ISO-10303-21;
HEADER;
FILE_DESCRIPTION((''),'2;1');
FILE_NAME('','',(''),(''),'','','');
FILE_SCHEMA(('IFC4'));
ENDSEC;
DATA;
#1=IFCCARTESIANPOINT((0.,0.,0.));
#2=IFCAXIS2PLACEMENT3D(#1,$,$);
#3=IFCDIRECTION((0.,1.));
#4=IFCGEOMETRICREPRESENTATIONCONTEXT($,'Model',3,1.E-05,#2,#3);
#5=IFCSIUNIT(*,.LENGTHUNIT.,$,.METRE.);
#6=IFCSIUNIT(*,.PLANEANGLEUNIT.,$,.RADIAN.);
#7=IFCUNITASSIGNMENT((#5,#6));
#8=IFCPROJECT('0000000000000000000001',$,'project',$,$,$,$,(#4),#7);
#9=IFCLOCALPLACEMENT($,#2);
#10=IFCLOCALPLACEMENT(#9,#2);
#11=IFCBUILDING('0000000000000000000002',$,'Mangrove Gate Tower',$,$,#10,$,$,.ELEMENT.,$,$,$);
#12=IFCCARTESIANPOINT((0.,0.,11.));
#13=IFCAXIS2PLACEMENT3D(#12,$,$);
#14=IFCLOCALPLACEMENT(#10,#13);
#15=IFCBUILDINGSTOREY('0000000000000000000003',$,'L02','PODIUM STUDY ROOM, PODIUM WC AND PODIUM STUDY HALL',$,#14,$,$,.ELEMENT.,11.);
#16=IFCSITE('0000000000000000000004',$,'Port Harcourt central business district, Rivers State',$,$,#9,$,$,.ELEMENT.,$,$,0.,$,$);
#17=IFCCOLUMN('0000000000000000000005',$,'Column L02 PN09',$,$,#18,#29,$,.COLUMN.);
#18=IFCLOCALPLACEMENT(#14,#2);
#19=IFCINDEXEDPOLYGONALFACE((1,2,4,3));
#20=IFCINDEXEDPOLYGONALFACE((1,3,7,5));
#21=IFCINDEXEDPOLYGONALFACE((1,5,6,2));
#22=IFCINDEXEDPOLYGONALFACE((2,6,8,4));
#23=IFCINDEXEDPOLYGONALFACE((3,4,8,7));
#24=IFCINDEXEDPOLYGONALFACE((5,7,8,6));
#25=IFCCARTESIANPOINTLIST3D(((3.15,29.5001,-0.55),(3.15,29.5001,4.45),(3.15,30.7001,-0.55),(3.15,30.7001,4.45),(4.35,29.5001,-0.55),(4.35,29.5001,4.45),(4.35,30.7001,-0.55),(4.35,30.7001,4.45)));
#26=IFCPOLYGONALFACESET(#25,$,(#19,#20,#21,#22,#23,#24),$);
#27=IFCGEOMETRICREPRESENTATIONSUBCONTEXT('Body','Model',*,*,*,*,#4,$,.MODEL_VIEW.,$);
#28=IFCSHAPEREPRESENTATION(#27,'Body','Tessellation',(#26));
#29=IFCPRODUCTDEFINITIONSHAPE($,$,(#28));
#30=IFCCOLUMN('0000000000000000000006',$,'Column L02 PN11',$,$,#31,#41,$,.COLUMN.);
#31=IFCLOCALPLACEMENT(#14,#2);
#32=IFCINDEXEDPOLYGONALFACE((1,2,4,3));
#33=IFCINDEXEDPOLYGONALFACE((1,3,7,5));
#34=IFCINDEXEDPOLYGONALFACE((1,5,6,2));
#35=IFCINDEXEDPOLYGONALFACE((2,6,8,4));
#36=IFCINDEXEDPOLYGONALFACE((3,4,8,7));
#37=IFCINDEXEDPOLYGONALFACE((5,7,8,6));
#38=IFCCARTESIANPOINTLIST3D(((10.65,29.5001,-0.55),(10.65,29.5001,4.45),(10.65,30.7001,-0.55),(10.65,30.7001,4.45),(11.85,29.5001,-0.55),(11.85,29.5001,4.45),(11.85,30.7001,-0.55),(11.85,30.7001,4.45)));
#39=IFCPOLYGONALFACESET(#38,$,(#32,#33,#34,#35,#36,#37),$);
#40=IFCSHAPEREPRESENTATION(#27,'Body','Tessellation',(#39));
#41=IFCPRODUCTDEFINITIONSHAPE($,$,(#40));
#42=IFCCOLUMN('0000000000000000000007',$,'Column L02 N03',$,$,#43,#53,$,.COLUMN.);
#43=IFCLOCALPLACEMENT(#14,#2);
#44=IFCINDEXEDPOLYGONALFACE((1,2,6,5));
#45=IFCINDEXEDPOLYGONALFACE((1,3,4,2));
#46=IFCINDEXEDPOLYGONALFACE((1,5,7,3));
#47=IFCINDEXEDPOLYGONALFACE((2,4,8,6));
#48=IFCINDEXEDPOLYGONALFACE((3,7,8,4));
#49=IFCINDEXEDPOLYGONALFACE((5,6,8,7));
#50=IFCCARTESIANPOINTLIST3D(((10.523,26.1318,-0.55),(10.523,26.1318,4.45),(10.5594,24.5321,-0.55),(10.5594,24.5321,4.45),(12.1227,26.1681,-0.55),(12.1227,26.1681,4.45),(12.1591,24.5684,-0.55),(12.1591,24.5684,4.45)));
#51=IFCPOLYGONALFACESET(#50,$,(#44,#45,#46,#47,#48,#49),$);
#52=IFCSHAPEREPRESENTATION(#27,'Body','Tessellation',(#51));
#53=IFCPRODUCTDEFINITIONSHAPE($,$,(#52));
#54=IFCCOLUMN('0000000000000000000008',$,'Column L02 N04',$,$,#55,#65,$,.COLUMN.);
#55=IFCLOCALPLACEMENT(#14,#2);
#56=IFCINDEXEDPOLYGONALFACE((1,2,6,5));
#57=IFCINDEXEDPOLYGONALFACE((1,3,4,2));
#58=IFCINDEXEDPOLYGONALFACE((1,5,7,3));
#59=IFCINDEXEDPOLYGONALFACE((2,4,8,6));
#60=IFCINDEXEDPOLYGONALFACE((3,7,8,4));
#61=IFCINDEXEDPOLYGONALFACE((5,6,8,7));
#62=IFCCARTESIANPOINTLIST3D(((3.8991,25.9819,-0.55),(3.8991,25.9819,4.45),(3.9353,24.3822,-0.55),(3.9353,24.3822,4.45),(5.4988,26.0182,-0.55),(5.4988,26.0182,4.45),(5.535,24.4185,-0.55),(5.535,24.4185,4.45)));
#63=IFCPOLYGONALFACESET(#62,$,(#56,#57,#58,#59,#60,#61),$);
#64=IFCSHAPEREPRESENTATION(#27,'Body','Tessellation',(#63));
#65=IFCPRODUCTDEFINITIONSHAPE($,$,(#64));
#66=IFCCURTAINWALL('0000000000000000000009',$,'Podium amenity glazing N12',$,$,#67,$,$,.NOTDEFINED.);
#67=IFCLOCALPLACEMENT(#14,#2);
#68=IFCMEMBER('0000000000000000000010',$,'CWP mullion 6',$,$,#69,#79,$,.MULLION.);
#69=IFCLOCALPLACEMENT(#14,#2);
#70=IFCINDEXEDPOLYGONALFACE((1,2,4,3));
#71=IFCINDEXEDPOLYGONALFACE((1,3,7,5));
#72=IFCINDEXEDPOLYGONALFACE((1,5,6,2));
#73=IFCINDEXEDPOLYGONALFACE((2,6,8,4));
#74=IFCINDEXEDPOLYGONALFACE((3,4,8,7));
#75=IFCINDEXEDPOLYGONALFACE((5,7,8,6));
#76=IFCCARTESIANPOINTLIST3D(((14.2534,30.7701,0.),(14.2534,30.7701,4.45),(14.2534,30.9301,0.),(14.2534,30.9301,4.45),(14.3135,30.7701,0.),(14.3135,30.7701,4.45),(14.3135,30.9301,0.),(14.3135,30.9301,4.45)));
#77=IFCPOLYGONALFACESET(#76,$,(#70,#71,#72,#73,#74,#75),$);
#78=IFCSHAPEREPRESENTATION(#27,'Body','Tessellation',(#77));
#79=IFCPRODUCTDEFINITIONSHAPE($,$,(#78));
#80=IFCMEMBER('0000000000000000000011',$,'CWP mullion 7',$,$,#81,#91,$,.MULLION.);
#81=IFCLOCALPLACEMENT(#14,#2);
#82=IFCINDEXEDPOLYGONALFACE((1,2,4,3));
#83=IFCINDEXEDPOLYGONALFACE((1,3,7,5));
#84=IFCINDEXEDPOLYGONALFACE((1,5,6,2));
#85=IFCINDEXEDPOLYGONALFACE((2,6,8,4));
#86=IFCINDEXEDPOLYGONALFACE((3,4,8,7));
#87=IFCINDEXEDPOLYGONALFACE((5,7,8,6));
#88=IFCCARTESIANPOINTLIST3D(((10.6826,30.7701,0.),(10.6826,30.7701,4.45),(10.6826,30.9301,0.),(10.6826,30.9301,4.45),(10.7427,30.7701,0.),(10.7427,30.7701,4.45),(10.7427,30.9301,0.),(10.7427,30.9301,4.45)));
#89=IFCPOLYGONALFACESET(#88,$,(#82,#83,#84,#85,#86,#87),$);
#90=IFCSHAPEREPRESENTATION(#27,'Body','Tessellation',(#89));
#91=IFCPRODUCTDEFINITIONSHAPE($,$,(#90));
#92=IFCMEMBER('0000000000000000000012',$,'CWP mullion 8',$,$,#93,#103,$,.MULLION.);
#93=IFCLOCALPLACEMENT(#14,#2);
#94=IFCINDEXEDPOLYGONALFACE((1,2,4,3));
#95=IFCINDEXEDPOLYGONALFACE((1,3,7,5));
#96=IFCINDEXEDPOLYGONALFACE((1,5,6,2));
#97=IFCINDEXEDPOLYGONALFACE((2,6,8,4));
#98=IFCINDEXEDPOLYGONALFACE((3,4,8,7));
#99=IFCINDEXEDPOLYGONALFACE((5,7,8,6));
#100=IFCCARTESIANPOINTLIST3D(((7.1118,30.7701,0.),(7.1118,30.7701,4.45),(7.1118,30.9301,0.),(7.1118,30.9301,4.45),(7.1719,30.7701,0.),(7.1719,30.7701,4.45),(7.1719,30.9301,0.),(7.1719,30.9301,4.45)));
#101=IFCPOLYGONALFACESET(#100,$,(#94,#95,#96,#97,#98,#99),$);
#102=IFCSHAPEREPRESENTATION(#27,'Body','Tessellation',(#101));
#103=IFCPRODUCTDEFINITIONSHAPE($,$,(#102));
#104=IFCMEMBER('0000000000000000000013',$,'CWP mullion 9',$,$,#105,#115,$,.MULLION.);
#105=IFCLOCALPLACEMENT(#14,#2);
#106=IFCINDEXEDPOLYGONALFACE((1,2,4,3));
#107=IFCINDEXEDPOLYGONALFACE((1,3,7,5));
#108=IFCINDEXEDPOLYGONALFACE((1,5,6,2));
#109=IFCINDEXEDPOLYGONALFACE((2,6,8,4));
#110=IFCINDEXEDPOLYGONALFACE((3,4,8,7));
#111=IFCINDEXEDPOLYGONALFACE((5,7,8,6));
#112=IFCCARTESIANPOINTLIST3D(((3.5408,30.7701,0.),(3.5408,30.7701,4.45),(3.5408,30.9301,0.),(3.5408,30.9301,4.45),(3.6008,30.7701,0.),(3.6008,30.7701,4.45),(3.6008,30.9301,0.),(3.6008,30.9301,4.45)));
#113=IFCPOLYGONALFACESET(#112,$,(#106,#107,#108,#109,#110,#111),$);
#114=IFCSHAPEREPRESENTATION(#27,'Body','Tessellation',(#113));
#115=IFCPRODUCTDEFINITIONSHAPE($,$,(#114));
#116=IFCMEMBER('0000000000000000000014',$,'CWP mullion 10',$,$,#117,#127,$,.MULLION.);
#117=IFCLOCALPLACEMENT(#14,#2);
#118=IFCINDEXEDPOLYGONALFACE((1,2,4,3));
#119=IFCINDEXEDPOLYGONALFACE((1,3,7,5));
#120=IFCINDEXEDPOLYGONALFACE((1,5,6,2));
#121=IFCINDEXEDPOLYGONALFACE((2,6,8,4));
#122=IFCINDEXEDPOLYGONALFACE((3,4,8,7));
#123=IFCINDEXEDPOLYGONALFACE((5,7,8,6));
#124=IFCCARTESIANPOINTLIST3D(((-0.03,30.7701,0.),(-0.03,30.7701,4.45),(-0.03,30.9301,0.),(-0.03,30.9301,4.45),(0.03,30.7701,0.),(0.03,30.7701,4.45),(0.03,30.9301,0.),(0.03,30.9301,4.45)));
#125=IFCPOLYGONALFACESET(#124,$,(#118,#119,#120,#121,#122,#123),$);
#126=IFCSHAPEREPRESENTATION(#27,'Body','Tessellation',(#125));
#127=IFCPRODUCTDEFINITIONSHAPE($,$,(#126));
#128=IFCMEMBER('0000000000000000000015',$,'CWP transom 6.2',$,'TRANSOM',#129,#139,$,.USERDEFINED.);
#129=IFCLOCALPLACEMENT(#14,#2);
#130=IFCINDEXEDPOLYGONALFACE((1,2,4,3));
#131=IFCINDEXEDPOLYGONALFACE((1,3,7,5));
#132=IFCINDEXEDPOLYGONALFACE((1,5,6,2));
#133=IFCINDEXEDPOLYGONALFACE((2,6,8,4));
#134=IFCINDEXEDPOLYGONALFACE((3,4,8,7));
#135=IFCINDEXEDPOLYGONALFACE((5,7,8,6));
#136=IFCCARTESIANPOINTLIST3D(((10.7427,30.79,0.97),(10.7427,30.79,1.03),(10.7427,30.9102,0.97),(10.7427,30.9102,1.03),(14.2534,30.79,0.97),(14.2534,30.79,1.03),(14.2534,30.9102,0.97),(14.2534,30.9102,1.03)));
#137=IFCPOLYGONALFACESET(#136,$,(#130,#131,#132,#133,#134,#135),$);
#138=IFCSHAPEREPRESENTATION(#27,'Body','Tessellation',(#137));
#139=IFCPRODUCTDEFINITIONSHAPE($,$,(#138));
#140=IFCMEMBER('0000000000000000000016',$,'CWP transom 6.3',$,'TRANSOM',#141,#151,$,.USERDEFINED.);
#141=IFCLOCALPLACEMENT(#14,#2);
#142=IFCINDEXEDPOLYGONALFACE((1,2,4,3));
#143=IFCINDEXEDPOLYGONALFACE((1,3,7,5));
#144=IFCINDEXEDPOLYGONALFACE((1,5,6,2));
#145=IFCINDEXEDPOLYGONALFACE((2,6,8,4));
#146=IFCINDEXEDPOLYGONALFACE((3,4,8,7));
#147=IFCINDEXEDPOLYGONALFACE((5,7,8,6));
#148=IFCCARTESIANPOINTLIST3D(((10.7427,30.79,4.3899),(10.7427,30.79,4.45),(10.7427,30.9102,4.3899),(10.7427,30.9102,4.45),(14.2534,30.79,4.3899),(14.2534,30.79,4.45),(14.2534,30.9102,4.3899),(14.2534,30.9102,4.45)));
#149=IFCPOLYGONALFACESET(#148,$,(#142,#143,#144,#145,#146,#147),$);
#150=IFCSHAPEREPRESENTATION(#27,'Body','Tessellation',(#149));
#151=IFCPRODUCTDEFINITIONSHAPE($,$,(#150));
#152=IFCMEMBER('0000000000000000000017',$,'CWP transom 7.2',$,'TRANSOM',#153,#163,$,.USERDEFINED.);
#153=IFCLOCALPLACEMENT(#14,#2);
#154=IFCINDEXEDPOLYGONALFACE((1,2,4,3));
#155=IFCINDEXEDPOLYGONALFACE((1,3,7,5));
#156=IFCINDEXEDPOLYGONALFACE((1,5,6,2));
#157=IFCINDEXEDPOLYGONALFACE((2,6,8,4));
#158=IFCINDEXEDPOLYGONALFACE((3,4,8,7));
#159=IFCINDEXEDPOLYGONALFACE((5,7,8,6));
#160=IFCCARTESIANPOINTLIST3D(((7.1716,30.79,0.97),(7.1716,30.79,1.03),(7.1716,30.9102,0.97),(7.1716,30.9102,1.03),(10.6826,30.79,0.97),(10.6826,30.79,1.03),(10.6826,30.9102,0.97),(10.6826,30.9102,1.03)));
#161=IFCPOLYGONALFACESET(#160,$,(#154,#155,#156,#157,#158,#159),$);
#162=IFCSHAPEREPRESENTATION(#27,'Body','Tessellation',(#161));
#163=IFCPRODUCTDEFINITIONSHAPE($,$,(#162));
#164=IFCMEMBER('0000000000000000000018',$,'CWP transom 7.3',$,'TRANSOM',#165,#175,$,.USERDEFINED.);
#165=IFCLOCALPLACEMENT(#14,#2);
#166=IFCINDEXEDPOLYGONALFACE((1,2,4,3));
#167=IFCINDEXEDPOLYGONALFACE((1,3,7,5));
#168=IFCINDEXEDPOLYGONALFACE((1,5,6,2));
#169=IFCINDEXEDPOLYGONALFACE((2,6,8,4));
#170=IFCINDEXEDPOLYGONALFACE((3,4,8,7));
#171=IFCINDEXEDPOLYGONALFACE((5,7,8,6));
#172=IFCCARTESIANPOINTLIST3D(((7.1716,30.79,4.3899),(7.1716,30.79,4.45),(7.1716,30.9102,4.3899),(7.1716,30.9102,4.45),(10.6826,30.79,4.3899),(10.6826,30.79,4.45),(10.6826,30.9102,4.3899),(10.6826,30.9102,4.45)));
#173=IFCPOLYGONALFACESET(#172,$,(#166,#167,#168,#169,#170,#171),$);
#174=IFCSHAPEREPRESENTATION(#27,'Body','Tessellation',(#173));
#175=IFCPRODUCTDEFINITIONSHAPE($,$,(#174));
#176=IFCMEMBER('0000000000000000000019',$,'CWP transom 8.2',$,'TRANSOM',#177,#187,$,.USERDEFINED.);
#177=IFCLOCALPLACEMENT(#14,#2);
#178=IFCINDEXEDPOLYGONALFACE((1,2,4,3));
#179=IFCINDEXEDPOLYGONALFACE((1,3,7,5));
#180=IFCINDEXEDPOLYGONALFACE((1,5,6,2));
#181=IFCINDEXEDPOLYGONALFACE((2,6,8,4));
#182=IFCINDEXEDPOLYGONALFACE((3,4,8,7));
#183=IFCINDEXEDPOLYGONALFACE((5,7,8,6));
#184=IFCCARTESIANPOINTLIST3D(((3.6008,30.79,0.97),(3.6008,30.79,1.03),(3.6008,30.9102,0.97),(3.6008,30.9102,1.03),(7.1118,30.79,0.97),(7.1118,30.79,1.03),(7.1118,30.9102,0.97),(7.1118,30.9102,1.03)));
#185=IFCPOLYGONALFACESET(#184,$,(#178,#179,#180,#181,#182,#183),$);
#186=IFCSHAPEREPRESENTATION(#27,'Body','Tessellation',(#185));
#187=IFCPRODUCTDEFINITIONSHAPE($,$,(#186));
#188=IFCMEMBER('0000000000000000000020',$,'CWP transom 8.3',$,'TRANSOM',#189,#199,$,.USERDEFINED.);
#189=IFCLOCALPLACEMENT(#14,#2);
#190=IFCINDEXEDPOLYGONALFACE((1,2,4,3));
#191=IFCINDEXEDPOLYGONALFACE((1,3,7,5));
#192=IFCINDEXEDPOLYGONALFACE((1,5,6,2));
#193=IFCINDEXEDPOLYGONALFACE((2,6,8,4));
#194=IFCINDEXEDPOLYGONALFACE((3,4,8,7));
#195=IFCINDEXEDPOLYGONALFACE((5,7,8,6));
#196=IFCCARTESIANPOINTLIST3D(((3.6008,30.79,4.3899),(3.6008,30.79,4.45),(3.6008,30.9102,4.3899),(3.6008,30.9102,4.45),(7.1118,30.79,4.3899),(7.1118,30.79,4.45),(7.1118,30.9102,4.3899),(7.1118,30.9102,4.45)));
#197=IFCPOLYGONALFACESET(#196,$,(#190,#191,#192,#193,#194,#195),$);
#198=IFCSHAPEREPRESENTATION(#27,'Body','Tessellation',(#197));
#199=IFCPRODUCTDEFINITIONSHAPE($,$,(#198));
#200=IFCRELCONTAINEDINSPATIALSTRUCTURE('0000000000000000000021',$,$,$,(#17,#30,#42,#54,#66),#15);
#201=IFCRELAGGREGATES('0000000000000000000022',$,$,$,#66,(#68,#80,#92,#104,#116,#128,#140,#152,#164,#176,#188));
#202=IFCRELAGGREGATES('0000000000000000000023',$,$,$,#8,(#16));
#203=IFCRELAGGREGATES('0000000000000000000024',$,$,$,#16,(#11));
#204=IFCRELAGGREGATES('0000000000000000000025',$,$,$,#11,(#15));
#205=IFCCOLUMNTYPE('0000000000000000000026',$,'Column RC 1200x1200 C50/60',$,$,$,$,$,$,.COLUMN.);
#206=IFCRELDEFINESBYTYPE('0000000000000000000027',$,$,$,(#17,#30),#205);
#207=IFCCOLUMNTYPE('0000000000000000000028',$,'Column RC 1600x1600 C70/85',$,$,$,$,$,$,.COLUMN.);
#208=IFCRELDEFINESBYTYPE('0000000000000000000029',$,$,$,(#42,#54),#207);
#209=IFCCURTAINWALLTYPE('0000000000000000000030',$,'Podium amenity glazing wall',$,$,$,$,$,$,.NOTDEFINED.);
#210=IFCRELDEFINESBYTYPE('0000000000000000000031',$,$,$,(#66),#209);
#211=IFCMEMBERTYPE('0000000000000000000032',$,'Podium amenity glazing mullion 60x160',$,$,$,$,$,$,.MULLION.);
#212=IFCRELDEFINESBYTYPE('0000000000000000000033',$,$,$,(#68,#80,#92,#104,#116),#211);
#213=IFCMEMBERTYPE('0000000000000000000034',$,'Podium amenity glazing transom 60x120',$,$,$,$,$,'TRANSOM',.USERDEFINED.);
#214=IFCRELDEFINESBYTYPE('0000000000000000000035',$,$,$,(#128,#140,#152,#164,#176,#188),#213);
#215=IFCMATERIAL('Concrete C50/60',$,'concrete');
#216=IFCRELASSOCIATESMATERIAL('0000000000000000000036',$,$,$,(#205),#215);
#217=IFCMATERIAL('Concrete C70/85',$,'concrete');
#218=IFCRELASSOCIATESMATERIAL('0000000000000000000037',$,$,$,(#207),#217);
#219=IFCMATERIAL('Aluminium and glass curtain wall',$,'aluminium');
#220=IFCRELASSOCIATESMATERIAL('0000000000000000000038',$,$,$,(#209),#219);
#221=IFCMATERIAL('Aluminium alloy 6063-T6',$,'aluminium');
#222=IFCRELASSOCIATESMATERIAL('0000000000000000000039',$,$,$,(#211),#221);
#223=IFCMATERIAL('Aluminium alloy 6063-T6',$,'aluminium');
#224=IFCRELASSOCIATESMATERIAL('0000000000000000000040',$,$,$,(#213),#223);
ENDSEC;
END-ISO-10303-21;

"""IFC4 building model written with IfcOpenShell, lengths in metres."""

from ifc_helpers import new_model, si_unit, direction, frame, origin, origin_2d, place, context, subcontext, project, spatial, rectangle, extrude, material, material_profile, profile_set, type_object, element, aggregate, save


model = new_model("IFC4")

# Units and contexts
model_context = context("Model", 3, precision=1e-05, world=origin(), true_north=direction((0.0, 1.0)))
body_context = subcontext(model_context, "Body", "Model", "MODEL_VIEW")
ifc_project = project(units=[si_unit("LENGTHUNIT", "METRE"), si_unit("PLANEANGLEUNIT", "RADIAN")], contexts=[model_context])

# Site, building, storey
site_placement = place(None, origin())
site = spatial("IfcSite", under=ifc_project, at=site_placement, Name="Port Harcourt central business district, Rivers State", CompositionType="ELEMENT", RefElevation=0.0)
building_placement = place(site_placement, origin())
building = spatial("IfcBuilding", under=site, at=building_placement, Name="Mangrove Gate Tower", CompositionType="ELEMENT")
storey_placement = place(building_placement, frame((0.0, 0.0, 11.0)))
storey = spatial("IfcBuildingStorey", under=building, at=storey_placement, Name="L02", Description="PODIUM STUDY ROOM, PODIUM WC AND PODIUM STUDY HALL", CompositionType="ELEMENT", Elevation=11.0)

# Columns
ifc_material_1 = material(Name="Concrete C50/60", Category="concrete")
ifc_material_profile_1 = material_profile(ifc_material_1, rectangle(XDim=1.2, YDim=1.2, at=origin_2d()))
ifc_profile_set_1 = profile_set([ifc_material_profile_1], Name="Concrete C50/60")
column_type_1 = type_object("IfcColumnType", Name="Column RC 1200x1200 C50/60", PredefinedType="COLUMN", material=ifc_profile_set_1)
for number, where, z_axis, x_axis, name in (
    (1, (3.75, 30.1001, -0.55), (0.0, 0.0, 1.0), (1.0, 0.0, 0.0), "Column L02 PN09"),
    (2, (11.25, 30.1001, -0.55), (0.0, 0.0, 1.0), (1.0, 0.0, 0.0), "Column L02 PN11"),
):
    element("IfcColumn", number, at=place(storey_placement, frame(where, z_axis=z_axis, x_axis=x_axis)), inside=storey, type_object=column_type_1, Name=name, PredefinedType="COLUMN", context=body_context, shape_type="SweptSolid", body=[
        extrude(rectangle(XDim=1.2, YDim=1.2, at=origin_2d()), origin(), (0.0, 0.0, 1.0), 5.0),
    ])
ifc_material_2 = material(Name="Concrete C70/85", Category="concrete")
ifc_material_profile_2 = material_profile(ifc_material_2, rectangle(XDim=1.6001, YDim=1.6001, at=origin_2d()))
ifc_profile_set_2 = profile_set([ifc_material_profile_2], Name="Concrete C70/85")
column_type_2 = type_object("IfcColumnType", Name="Column RC 1600x1600 C70/85", PredefinedType="COLUMN", material=ifc_profile_set_2)
for number, where, z_axis, x_axis, name in (
    (3, (11.3411, 25.3501, -0.55), (0.0, 0.0, 1.0), (-0.999742, -0.022716, 0.0), "Column L02 N03"),
    (4, (4.717, 25.2002, -0.55), (0.0, 0.0, 1.0), (-0.999744, -0.022641, 0.0), "Column L02 N04"),
):
    element("IfcColumn", number, at=place(storey_placement, frame(where, z_axis=z_axis, x_axis=x_axis)), inside=storey, type_object=column_type_2, Name=name, PredefinedType="COLUMN", context=body_context, shape_type="SweptSolid", body=[
        extrude(rectangle(XDim=1.6001, YDim=1.6001, at=origin_2d()), origin(), (0.0, 0.0, 1.0), 5.0),
    ])

# Curtain wall, members
ifc_material_3 = material(Name="Aluminium and glass curtain wall", Category="aluminium")
curtain_wall_type = type_object("IfcCurtainWallType", Name="Podium amenity glazing wall", PredefinedType="NOTDEFINED", material=ifc_material_3)
curtain_wall_placement = place(storey_placement, origin())
curtain_wall = element("IfcCurtainWall", 5, at=curtain_wall_placement, inside=storey, type_object=curtain_wall_type, Name="Podium amenity glazing N12", PredefinedType="NOTDEFINED")
ifc_material_4 = material(Name="Aluminium alloy 6063-T6", Category="aluminium")
ifc_material_profile_3 = material_profile(ifc_material_4, rectangle(XDim=0.0601, YDim=0.1599, at=origin_2d()))
ifc_profile_set_3 = profile_set([ifc_material_profile_3], Name="Aluminium alloy 6063-T6")
member_type_1 = type_object("IfcMemberType", Name="Podium amenity glazing mullion 60x160", PredefinedType="MULLION", material=ifc_profile_set_3)
member_1_placement = place(storey_placement, frame((14.2834, 30.8501, 0.0), z_axis=(0.0, 0.0, 1.0), x_axis=(-1.0, 0.0, 0.0)))
member_1 = element("IfcMember", 6, at=member_1_placement, type_object=member_type_1, Name="CWP mullion 6", PredefinedType="MULLION", context=body_context, shape_type="SweptSolid", body=[
    extrude(rectangle(XDim=0.0601, YDim=0.1599, at=origin_2d()), origin(), (0.0, 0.0, 1.0), 4.45),
])
member_2_placement = place(storey_placement, frame((10.7126, 30.8501, 0.0), z_axis=(0.0, 0.0, 1.0), x_axis=(-1.0, 0.0, 0.0)))
member_2 = element("IfcMember", 7, at=member_2_placement, type_object=member_type_1, Name="CWP mullion 7", PredefinedType="MULLION", context=body_context, shape_type="SweptSolid", body=[
    extrude(rectangle(XDim=0.0601, YDim=0.1599, at=origin_2d()), origin(), (0.0, 0.0, 1.0), 4.45),
])
member_3_placement = place(storey_placement, frame((7.1418, 30.8501, 0.0), z_axis=(0.0, 0.0, 1.0), x_axis=(-1.0, 0.0, 0.0)))
member_3 = element("IfcMember", 8, at=member_3_placement, type_object=member_type_1, Name="CWP mullion 8", PredefinedType="MULLION", context=body_context, shape_type="SweptSolid", body=[
    extrude(rectangle(XDim=0.0601, YDim=0.1599, at=origin_2d()), origin(), (0.0, 0.0, 1.0), 4.45),
])
member_4_placement = place(storey_placement, frame((3.5708, 30.8501, 0.0), z_axis=(0.0, 0.0, 1.0), x_axis=(-1.0, 0.0, 0.0)))
member_4 = element("IfcMember", 9, at=member_4_placement, type_object=member_type_1, Name="CWP mullion 9", PredefinedType="MULLION", context=body_context, shape_type="SweptSolid", body=[
    extrude(rectangle(XDim=0.0601, YDim=0.1599, at=origin_2d()), origin(), (0.0, 0.0, 1.0), 4.45),
])
member_5_placement = place(storey_placement, frame((0.0, 30.8501, 0.0), z_axis=(0.0, 0.0, 1.0), x_axis=(-1.0, 0.0, 0.0)))
member_5 = element("IfcMember", 10, at=member_5_placement, type_object=member_type_1, Name="CWP mullion 10", PredefinedType="MULLION", context=body_context, shape_type="SweptSolid", body=[
    extrude(rectangle(XDim=0.0601, YDim=0.1599, at=origin_2d()), origin(), (0.0, 0.0, 1.0), 4.45),
])
ifc_material_5 = material(Name="Aluminium alloy 6063-T6", Category="aluminium")
ifc_material_profile_4 = material_profile(ifc_material_5, rectangle(XDim=0.0601, YDim=0.1201, at=origin_2d()))
ifc_profile_set_4 = profile_set([ifc_material_profile_4], Name="Aluminium alloy 6063-T6")
member_type_2 = type_object("IfcMemberType", Name="Podium amenity glazing transom 60x120", ElementType="TRANSOM", PredefinedType="USERDEFINED", material=ifc_profile_set_4)
member_6_placement = place(storey_placement, frame((14.2534, 30.8501, 1.0), z_axis=(-1.0, 0.0, 0.0), x_axis=(0.0, 0.0, 1.0)))
member_6 = element("IfcMember", 11, at=member_6_placement, type_object=member_type_2, Name="CWP transom 6.2", ObjectType="TRANSOM", PredefinedType="USERDEFINED", context=body_context, shape_type="SweptSolid", body=[
    extrude(rectangle(XDim=0.0601, YDim=0.1201, at=origin_2d()), origin(), (0.0, 0.0, 1.0), 3.5107),
])
member_7_placement = place(storey_placement, frame((14.2534, 30.8501, 4.4199), z_axis=(-1.0, 0.0, 0.0), x_axis=(0.0, 0.0, 1.0)))
member_7 = element("IfcMember", 12, at=member_7_placement, type_object=member_type_2, Name="CWP transom 6.3", ObjectType="TRANSOM", PredefinedType="USERDEFINED", context=body_context, shape_type="SweptSolid", body=[
    extrude(rectangle(XDim=0.0601, YDim=0.1201, at=origin_2d()), origin(), (0.0, 0.0, 1.0), 3.5107),
])
member_8_placement = place(storey_placement, frame((10.6826, 30.8501, 1.0), z_axis=(-1.0, 0.0, 0.0), x_axis=(0.0, 0.0, 1.0)))
member_8 = element("IfcMember", 13, at=member_8_placement, type_object=member_type_2, Name="CWP transom 7.2", ObjectType="TRANSOM", PredefinedType="USERDEFINED", context=body_context, shape_type="SweptSolid", body=[
    extrude(rectangle(XDim=0.0601, YDim=0.1201, at=origin_2d()), origin(), (0.0, 0.0, 1.0), 3.511),
])
member_9_placement = place(storey_placement, frame((10.6826, 30.8501, 4.4199), z_axis=(-1.0, 0.0, 0.0), x_axis=(0.0, 0.0, 1.0)))
member_9 = element("IfcMember", 14, at=member_9_placement, type_object=member_type_2, Name="CWP transom 7.3", ObjectType="TRANSOM", PredefinedType="USERDEFINED", context=body_context, shape_type="SweptSolid", body=[
    extrude(rectangle(XDim=0.0601, YDim=0.1201, at=origin_2d()), origin(), (0.0, 0.0, 1.0), 3.511),
])
member_10_placement = place(storey_placement, frame((7.1118, 30.8501, 1.0), z_axis=(-1.0, 0.0, 0.0), x_axis=(0.0, 0.0, 1.0)))
member_10 = element("IfcMember", 15, at=member_10_placement, type_object=member_type_2, Name="CWP transom 8.2", ObjectType="TRANSOM", PredefinedType="USERDEFINED", context=body_context, shape_type="SweptSolid", body=[
    extrude(rectangle(XDim=0.0601, YDim=0.1201, at=origin_2d()), origin(), (0.0, 0.0, 1.0), 3.511),
])
member_11_placement = place(storey_placement, frame((7.1118, 30.8501, 4.4199), z_axis=(-1.0, 0.0, 0.0), x_axis=(0.0, 0.0, 1.0)))
member_11 = element("IfcMember", 16, at=member_11_placement, type_object=member_type_2, Name="CWP transom 8.3", ObjectType="TRANSOM", PredefinedType="USERDEFINED", context=body_context, shape_type="SweptSolid", body=[
    extrude(rectangle(XDim=0.0601, YDim=0.1201, at=origin_2d()), origin(), (0.0, 0.0, 1.0), 3.511),
])
aggregate(curtain_wall, [member_1, member_2, member_3, member_4, member_5, member_6, member_7, member_8, member_9, member_10, member_11])

save(model, "model.ifc")
